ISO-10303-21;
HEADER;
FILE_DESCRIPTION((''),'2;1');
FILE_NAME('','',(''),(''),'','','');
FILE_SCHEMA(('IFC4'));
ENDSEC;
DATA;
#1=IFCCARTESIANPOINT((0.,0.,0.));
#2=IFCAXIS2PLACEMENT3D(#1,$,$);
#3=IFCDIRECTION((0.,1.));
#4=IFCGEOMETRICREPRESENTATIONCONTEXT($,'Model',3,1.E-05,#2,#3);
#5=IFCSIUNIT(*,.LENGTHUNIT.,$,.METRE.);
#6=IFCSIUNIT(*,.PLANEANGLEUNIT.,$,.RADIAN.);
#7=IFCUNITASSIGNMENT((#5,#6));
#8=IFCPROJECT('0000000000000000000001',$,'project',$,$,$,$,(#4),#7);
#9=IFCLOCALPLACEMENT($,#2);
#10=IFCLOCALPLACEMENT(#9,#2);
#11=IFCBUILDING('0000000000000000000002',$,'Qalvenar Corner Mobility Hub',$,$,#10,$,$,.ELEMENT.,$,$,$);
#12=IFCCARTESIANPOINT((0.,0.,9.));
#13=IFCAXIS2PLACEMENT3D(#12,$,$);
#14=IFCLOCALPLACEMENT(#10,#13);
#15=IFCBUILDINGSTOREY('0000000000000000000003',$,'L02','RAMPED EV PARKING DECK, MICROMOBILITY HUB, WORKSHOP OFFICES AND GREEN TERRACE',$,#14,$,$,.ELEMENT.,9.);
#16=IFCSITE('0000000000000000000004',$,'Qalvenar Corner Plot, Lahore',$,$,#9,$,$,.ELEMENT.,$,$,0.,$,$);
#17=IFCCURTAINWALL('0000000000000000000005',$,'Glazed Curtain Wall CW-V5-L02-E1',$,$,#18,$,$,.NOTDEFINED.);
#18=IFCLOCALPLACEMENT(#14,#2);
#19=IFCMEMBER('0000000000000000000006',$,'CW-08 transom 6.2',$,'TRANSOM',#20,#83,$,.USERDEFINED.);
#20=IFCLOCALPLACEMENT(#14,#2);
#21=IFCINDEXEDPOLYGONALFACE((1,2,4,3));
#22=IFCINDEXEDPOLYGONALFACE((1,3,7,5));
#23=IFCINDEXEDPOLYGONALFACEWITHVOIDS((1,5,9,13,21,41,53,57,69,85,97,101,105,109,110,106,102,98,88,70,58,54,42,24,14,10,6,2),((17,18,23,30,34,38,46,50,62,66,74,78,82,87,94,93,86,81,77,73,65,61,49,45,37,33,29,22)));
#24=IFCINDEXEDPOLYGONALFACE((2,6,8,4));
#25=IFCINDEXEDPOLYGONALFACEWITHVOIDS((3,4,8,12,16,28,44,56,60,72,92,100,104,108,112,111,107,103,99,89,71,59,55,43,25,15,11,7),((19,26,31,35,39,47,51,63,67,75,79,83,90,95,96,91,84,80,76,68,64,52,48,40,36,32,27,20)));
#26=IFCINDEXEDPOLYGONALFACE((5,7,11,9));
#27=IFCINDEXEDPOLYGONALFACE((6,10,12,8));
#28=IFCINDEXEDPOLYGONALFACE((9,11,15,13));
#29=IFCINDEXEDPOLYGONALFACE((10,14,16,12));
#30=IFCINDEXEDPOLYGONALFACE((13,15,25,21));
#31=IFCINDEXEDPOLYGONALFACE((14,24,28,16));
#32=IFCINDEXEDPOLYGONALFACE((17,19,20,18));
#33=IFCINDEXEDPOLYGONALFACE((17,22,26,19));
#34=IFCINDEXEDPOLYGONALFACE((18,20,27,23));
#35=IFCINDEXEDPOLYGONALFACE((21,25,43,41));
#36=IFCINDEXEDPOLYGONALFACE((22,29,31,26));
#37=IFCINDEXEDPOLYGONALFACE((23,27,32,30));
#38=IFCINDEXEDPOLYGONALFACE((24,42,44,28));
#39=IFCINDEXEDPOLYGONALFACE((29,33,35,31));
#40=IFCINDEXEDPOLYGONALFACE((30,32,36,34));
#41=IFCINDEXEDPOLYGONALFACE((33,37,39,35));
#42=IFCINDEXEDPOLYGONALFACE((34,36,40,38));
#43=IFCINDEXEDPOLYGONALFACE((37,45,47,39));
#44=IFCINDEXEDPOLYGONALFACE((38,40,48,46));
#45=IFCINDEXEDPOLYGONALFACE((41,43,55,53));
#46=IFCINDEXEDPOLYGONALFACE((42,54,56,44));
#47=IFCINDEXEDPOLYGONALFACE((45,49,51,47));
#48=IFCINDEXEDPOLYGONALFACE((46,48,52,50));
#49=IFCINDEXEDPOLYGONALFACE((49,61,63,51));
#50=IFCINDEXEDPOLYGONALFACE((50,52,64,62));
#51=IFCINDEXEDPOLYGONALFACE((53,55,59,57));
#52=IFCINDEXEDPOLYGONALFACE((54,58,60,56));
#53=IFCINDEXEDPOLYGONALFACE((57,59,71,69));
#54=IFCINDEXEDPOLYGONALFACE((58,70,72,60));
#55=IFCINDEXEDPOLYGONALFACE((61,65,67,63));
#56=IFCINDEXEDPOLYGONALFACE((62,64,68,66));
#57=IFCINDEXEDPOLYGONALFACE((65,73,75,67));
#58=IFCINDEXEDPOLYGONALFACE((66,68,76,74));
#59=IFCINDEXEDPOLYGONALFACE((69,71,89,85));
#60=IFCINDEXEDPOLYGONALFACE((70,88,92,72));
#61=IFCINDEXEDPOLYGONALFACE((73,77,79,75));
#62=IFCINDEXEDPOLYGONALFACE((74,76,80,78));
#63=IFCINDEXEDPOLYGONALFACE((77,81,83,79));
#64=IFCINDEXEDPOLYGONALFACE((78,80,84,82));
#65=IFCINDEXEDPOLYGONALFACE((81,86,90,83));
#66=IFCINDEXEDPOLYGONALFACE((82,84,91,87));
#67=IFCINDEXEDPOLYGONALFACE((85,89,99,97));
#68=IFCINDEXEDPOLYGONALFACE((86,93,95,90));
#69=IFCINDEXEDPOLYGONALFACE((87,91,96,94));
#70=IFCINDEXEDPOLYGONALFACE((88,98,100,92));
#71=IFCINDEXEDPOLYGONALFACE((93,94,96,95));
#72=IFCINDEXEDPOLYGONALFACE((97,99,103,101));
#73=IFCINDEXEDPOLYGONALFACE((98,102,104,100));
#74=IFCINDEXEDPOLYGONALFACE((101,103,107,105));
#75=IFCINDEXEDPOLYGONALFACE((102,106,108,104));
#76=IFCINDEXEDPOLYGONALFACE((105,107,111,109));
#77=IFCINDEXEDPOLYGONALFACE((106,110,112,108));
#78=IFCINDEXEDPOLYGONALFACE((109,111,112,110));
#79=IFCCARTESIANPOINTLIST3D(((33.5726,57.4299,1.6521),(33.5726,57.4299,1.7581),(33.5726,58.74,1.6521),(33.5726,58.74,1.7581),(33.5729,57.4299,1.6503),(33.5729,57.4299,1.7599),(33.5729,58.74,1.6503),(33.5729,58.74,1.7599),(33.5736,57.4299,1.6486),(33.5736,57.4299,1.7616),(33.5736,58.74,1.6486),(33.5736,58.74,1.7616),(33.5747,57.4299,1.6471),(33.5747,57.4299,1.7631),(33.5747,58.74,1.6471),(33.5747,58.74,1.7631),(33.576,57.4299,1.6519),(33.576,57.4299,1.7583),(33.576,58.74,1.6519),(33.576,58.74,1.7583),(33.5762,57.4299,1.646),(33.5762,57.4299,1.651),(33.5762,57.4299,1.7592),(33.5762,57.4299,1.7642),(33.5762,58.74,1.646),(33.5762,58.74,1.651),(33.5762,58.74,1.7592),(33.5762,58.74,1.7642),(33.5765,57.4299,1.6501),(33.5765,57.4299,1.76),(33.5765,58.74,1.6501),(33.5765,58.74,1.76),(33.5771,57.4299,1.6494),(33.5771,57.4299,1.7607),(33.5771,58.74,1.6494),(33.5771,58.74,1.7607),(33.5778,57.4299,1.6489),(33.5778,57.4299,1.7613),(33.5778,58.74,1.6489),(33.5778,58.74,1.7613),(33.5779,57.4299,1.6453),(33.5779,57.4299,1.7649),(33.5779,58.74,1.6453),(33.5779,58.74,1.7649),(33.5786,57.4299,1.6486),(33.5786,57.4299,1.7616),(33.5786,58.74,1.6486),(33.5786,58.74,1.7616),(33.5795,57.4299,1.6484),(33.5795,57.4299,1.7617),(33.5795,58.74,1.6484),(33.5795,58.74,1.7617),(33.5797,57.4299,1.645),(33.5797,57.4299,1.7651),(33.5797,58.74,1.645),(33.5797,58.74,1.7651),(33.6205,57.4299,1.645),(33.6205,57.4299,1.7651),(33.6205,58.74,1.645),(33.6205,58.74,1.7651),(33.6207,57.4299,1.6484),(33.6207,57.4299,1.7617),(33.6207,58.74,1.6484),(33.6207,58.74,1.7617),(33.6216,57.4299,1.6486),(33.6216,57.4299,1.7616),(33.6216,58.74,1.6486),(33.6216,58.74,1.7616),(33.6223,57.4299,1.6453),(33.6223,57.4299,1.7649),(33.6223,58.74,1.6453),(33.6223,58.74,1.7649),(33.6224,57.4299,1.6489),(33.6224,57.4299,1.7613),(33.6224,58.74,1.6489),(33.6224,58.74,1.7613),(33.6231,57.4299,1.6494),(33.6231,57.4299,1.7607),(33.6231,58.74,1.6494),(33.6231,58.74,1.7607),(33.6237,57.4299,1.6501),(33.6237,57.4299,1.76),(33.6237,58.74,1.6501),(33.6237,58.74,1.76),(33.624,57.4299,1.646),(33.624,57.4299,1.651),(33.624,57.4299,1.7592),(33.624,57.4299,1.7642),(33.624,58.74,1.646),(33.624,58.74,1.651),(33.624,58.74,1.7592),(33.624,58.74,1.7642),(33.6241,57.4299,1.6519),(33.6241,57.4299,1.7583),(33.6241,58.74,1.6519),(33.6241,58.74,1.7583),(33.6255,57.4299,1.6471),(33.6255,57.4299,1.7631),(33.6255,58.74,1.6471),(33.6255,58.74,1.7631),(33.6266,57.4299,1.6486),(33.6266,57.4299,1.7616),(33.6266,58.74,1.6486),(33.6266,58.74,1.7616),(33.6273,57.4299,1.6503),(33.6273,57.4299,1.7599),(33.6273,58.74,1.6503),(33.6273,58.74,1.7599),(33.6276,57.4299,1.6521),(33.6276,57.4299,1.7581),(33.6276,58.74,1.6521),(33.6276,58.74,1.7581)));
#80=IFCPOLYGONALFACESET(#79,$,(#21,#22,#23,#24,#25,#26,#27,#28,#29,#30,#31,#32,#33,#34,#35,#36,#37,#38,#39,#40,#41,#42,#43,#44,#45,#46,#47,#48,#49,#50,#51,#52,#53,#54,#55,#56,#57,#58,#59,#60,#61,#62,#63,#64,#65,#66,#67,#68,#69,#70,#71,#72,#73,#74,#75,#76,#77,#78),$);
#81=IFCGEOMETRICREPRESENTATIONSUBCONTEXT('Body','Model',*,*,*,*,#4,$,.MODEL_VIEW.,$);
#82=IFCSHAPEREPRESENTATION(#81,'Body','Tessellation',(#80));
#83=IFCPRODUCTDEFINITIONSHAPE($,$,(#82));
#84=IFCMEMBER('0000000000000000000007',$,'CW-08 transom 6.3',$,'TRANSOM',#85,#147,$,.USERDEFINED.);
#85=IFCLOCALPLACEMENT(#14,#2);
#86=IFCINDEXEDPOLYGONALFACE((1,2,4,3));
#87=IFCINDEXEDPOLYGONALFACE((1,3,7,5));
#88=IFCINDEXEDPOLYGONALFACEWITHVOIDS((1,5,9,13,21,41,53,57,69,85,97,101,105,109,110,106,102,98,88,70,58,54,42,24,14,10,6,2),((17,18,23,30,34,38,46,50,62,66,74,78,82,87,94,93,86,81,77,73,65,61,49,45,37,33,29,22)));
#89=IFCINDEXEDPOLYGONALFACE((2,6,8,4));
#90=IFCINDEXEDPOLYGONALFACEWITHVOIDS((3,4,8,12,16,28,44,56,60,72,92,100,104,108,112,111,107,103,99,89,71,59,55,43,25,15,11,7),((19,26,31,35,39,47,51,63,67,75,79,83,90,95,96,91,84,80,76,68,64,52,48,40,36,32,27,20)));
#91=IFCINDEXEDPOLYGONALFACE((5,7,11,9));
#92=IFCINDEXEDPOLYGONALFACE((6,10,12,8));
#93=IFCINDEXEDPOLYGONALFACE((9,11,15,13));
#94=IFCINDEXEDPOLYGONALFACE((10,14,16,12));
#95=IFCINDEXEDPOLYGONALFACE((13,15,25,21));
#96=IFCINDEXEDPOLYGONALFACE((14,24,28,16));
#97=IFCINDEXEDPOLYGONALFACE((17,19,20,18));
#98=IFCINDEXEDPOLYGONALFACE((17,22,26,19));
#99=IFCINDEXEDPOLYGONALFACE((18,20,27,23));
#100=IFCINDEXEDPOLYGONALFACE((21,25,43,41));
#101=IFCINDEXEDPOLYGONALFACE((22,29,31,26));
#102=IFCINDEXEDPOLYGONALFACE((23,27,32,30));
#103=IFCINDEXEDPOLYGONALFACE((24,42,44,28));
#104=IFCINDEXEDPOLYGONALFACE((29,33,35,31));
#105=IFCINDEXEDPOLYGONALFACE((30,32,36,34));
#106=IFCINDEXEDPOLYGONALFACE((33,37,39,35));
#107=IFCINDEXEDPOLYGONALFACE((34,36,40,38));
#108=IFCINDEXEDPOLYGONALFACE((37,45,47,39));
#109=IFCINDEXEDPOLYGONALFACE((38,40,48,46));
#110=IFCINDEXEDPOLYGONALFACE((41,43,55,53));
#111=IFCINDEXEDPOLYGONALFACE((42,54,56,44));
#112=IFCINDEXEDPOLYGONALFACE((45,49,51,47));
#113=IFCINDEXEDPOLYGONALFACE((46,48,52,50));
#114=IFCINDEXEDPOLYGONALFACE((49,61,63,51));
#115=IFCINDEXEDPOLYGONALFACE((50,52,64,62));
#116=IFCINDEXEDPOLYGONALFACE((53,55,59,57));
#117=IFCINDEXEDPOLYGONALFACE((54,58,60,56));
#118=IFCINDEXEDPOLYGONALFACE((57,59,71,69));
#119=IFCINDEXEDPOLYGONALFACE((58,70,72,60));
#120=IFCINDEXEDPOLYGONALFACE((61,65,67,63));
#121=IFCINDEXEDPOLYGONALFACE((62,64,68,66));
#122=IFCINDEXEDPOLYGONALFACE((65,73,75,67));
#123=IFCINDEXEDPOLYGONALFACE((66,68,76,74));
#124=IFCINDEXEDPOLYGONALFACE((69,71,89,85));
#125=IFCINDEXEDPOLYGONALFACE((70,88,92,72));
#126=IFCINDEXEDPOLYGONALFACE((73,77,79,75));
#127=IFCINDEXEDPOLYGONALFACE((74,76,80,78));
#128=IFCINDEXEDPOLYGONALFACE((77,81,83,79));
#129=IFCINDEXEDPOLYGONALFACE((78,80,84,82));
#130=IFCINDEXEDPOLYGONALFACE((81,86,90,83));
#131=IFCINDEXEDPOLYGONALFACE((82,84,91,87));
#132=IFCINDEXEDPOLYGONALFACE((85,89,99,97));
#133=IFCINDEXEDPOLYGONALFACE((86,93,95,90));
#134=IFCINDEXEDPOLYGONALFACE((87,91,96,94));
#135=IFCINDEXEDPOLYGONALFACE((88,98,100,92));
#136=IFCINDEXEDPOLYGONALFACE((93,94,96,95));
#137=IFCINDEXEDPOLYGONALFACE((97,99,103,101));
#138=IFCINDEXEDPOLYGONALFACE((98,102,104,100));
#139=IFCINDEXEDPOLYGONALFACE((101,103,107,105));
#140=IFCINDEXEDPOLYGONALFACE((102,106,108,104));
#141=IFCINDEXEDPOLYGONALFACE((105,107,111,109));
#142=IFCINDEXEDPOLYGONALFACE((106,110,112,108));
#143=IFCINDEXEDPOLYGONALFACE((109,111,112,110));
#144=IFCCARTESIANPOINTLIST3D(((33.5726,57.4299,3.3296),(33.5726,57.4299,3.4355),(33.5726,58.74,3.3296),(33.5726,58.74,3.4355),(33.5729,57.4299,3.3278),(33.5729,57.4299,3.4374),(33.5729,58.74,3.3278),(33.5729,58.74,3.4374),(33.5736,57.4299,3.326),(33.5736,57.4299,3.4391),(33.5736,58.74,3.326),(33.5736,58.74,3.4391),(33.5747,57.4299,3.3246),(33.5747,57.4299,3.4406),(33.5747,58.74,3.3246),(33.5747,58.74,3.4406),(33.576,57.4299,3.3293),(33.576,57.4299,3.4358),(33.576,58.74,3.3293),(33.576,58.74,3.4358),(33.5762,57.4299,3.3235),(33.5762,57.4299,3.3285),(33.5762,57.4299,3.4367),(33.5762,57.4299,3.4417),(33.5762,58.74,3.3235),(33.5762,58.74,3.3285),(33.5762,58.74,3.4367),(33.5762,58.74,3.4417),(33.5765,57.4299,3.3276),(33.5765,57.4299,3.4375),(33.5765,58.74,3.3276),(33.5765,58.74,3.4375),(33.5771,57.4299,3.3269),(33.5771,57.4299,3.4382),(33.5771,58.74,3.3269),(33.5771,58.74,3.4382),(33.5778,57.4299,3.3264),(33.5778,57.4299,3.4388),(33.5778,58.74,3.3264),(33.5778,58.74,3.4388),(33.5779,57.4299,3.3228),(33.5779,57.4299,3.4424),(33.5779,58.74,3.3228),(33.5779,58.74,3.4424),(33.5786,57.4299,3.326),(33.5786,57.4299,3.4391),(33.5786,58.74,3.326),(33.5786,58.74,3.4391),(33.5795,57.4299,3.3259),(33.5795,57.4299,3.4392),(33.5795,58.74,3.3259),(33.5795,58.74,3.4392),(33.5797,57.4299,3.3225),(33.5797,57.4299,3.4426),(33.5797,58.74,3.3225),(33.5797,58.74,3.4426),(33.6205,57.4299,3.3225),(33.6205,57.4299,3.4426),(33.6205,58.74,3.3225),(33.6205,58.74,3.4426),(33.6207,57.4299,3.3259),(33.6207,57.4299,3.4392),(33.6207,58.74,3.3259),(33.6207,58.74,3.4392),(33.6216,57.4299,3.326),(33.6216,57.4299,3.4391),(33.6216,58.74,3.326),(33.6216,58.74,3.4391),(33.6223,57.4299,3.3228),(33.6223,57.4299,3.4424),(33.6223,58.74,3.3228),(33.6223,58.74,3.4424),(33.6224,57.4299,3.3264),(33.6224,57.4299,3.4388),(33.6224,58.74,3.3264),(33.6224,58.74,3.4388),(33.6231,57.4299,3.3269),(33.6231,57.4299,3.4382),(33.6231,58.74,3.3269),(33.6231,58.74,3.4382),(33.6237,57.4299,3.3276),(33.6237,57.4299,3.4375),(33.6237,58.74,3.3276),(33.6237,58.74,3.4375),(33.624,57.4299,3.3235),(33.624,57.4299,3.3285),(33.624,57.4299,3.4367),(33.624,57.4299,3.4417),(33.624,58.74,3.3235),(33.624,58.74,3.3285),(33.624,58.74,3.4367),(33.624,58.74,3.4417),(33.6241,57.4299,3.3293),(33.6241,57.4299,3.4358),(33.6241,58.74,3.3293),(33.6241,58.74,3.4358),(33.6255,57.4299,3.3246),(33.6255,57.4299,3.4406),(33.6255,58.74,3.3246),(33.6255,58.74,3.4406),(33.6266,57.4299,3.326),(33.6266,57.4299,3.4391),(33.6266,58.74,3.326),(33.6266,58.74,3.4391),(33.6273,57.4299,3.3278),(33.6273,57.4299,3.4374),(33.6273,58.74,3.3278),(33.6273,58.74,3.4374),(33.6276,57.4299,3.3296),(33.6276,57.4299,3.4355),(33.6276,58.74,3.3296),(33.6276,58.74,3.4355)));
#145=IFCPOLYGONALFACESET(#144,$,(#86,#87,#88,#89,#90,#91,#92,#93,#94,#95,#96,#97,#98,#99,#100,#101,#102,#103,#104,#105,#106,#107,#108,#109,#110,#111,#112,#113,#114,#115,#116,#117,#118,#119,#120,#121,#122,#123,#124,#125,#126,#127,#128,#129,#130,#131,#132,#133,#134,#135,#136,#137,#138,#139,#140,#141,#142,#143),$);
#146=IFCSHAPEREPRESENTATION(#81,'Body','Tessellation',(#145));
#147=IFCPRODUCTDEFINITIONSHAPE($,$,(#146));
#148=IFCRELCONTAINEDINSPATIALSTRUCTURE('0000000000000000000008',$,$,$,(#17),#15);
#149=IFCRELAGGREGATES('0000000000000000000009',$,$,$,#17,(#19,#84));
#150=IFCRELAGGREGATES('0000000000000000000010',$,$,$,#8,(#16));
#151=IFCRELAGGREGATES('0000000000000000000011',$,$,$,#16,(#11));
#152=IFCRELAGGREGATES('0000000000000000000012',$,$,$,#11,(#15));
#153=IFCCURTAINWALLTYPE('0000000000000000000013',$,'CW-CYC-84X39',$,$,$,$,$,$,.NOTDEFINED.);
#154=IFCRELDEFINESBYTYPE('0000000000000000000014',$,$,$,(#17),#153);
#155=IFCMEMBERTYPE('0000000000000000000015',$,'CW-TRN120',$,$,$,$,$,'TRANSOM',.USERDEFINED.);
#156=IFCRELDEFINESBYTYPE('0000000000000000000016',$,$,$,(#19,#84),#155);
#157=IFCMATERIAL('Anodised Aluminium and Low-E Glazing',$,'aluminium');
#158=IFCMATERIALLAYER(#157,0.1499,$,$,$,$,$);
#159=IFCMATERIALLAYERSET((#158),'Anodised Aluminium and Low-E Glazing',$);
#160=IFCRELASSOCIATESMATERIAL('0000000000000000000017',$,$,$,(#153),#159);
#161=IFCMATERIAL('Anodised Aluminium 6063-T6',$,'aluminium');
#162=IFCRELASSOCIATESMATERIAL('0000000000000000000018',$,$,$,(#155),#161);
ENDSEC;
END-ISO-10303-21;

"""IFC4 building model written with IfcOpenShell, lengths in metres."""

from ifc_helpers import new_model, si_unit, direction, frame, origin, origin_2d, place, context, subcontext, project, spatial, hollow_rectangle, extrude, material, layer, layer_set, material_profile, profile_set, type_object, element, aggregate, save


model = new_model("IFC4")

# Units and contexts
model_context = context("Model", 3, precision=1e-05, world=origin(), true_north=direction((0.0, 1.0)))
body_context = subcontext(model_context, "Body", "Model", "MODEL_VIEW")
ifc_project = project(units=[si_unit("LENGTHUNIT", "METRE"), si_unit("PLANEANGLEUNIT", "RADIAN")], contexts=[model_context])

# Site, building, storey
site_placement = place(None, origin())
site = spatial("IfcSite", under=ifc_project, at=site_placement, Name="Qalvenar Corner Plot, Lahore", CompositionType="ELEMENT", RefElevation=0.0)
building_placement = place(site_placement, origin())
building = spatial("IfcBuilding", under=site, at=building_placement, Name="Qalvenar Corner Mobility Hub", CompositionType="ELEMENT")
storey_placement = place(building_placement, frame((0.0, 0.0, 9.0)))
storey = spatial("IfcBuildingStorey", under=building, at=storey_placement, Name="L02", Description="RAMPED EV PARKING DECK, MICROMOBILITY HUB, WORKSHOP OFFICES AND GREEN TERRACE", CompositionType="ELEMENT", Elevation=9.0)

# Curtain wall
ifc_material_1 = material(Name="Anodised Aluminium and Low-E Glazing", Category="aluminium")
ifc_layer_1 = layer(ifc_material_1, 0.1499)
ifc_layer_set_1 = layer_set([ifc_layer_1], Name="Anodised Aluminium and Low-E Glazing")
curtain_wall_type_1 = type_object("IfcCurtainWallType", Name="CW-CYC-84X39", PredefinedType="NOTDEFINED", material=ifc_layer_set_1)
curtain_wall_1_placement = place(storey_placement, origin())
curtain_wall_1 = element("IfcCurtainWall", 1, at=curtain_wall_1_placement, inside=storey, type_object=curtain_wall_type_1, Name="Glazed Curtain Wall CW-V5-L02-E1", PredefinedType="NOTDEFINED")
ifc_material_2 = material(Name="Anodised Aluminium 6063-T6", Category="aluminium")

# Members
ifc_material_profile_1 = material_profile(ifc_material_2, hollow_rectangle(XDim=0.0549, YDim=0.1201, WallThickness=0.0034, InnerFilletRadius=0.0034, OuterFilletRadius=0.0071, at=origin_2d()), Name="RHS120x55x3.5")
ifc_profile_set_1 = profile_set([ifc_material_profile_1], Name="Anodised Aluminium 6063-T6")
member_type_1 = type_object("IfcMemberType", Name="CW-TRN120", ElementType="TRANSOM", PredefinedType="USERDEFINED", material=ifc_profile_set_1)
member_1_placement = place(storey_placement, frame((33.6001, 57.4299, 1.7051), z_axis=(0.0, 1.0, 0.0), x_axis=(-1.0, 0.0, 0.0)))
member_1 = element("IfcMember", 2, at=member_1_placement, type_object=member_type_1, Name="CW-08 transom 6.2", ObjectType="TRANSOM", PredefinedType="USERDEFINED", context=body_context, shape_type="SweptSolid", body=[
    extrude(hollow_rectangle(XDim=0.0549, YDim=0.1201, WallThickness=0.0034, InnerFilletRadius=0.0034, OuterFilletRadius=0.0071, at=origin_2d()), origin(), (0.0, 0.0, 1.0), 1.3101),
])
member_2_placement = place(storey_placement, frame((33.6001, 57.4299, 3.3826), z_axis=(0.0, 1.0, 0.0), x_axis=(-1.0, 0.0, 0.0)))
member_2 = element("IfcMember", 3, at=member_2_placement, type_object=member_type_1, Name="CW-08 transom 6.3", ObjectType="TRANSOM", PredefinedType="USERDEFINED", context=body_context, shape_type="SweptSolid", body=[
    extrude(hollow_rectangle(XDim=0.0549, YDim=0.1201, WallThickness=0.0034, InnerFilletRadius=0.0034, OuterFilletRadius=0.0071, at=origin_2d()), origin(), (0.0, 0.0, 1.0), 1.3101),
])

aggregate(curtain_wall_1, [member_1, member_2])

save(model, "model.ifc")
